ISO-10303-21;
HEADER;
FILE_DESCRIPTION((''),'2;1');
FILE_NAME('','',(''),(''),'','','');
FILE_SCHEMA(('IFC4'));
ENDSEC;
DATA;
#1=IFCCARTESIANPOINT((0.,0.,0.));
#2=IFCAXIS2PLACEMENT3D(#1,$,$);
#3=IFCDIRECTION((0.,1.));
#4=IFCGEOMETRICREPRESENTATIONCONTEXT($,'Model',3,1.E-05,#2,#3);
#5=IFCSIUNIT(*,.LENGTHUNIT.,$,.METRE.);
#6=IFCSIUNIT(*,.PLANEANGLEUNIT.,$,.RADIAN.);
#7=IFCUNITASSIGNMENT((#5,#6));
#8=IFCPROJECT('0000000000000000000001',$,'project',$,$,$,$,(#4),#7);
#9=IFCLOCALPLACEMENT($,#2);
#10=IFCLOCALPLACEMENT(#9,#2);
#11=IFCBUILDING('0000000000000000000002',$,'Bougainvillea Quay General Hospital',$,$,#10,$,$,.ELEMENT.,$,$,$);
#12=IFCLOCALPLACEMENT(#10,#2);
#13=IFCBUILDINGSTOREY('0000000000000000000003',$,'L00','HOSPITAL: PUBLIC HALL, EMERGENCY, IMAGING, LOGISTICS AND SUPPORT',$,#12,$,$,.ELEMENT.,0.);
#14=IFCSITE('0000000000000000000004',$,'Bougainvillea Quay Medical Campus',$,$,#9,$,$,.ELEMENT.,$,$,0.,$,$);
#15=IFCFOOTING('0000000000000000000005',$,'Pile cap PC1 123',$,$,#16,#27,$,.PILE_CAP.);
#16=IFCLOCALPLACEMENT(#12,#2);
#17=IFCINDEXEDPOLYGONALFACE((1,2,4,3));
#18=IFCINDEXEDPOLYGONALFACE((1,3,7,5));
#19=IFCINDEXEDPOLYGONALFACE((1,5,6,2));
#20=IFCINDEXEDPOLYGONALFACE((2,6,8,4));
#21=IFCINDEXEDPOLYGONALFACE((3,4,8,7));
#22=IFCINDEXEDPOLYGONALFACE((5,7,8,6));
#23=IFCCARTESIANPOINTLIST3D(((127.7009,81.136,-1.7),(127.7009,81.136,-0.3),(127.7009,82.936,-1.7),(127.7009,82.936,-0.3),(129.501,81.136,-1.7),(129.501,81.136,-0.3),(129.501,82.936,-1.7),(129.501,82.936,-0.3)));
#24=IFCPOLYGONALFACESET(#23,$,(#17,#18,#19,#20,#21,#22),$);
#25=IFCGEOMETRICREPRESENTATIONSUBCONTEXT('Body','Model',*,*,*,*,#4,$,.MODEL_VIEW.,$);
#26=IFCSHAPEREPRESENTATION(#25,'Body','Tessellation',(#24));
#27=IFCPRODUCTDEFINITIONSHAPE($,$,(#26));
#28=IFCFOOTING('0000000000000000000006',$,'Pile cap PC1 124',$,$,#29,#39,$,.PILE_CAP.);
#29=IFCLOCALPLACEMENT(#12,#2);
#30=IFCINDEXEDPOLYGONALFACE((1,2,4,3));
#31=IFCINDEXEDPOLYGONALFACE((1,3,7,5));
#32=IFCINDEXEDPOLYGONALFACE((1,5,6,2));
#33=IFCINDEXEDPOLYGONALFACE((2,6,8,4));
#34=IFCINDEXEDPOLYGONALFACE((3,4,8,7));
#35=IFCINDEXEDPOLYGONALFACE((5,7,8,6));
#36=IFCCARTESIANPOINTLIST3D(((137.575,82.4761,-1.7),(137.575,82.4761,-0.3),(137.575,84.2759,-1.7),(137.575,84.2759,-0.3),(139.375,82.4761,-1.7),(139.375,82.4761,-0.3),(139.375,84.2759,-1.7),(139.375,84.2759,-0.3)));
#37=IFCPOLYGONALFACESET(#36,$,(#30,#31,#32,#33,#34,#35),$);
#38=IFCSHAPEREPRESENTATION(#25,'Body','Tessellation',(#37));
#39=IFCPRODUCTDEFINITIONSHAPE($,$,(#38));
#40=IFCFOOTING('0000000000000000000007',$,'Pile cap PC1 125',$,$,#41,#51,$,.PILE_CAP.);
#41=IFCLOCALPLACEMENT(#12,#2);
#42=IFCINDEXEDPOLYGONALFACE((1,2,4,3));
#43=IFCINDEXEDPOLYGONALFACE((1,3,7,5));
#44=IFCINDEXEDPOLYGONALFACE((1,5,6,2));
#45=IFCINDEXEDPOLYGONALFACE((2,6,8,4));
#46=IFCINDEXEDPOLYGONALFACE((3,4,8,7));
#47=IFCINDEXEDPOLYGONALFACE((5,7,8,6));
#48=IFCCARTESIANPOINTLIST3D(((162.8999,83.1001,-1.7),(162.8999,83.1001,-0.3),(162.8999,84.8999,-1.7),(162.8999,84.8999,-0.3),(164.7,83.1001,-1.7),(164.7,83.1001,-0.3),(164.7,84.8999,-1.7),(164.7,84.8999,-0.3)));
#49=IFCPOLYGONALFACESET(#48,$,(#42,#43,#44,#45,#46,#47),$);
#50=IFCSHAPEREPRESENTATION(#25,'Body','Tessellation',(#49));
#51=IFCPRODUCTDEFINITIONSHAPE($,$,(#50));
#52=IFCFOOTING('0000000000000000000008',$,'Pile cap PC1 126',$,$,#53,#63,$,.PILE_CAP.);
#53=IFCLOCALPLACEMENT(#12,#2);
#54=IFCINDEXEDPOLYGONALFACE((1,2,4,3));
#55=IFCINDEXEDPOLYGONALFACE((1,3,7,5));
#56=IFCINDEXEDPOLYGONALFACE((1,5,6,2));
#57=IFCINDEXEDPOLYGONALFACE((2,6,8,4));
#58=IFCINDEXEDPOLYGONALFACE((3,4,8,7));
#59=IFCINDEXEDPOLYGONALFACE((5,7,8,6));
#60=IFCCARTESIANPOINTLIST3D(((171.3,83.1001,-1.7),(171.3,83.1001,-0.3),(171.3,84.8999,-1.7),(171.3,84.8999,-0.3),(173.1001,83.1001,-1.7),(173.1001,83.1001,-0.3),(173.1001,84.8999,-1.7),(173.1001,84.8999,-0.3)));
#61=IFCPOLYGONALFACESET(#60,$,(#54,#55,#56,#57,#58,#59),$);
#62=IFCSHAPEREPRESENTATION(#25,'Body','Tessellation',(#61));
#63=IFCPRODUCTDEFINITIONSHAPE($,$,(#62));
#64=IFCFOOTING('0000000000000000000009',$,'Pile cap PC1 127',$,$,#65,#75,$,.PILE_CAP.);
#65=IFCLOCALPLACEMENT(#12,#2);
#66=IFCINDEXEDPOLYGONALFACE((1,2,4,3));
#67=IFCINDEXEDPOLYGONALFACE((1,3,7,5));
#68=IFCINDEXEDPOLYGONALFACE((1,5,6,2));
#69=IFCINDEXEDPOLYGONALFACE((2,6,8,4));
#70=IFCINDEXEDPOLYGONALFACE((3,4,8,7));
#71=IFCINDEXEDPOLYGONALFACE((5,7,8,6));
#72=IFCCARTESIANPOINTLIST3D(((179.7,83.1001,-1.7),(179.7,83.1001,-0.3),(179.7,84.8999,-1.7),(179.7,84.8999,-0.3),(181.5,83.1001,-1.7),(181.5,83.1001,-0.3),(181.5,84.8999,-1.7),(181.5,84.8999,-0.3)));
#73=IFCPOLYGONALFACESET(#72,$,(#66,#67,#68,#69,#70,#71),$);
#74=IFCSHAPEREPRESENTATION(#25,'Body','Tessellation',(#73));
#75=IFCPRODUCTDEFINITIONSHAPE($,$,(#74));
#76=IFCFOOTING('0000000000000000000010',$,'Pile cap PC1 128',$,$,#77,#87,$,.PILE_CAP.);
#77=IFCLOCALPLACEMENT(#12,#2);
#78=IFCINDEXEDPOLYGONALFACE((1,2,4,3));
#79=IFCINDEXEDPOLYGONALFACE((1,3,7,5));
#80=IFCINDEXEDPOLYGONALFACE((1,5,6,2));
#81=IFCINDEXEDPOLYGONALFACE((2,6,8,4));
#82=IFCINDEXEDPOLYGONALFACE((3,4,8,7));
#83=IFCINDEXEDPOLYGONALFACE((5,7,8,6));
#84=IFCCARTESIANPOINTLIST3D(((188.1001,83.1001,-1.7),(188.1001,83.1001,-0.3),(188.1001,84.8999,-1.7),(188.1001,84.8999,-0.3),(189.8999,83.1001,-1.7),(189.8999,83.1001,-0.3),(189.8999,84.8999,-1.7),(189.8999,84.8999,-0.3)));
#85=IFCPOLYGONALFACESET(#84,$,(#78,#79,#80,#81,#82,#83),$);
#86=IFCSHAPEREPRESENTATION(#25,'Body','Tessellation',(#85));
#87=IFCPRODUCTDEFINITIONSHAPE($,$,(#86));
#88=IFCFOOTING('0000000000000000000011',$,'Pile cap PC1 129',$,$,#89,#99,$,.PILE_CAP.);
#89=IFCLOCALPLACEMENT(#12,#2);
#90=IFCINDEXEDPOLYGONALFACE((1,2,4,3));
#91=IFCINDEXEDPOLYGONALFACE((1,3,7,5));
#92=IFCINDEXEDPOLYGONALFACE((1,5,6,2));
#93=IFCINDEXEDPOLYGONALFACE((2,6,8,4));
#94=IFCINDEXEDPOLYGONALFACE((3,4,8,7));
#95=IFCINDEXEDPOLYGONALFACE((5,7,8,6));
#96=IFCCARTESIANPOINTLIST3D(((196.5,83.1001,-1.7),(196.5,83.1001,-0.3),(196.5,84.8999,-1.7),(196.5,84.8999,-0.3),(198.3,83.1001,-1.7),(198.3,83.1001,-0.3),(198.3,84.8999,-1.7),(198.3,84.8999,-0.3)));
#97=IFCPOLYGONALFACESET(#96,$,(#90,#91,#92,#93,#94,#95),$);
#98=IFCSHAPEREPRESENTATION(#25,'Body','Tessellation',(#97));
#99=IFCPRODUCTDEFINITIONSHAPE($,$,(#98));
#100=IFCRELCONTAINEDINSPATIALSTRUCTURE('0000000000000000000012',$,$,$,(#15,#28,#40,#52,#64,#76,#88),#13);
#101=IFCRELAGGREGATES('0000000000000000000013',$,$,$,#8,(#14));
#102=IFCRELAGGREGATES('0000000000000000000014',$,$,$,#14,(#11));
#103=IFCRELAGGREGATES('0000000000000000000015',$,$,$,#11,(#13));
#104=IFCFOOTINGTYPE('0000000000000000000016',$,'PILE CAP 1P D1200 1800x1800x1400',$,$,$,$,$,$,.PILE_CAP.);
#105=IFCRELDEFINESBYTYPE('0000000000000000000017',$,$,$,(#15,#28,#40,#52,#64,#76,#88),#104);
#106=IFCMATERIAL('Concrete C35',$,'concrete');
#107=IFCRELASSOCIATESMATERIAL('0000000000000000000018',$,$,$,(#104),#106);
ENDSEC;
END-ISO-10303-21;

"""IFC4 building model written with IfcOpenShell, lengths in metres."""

from ifc_helpers import new_model, si_unit, direction, frame, origin, place, context, subcontext, project, spatial, polyline, outline, extrude, material, type_object, element, save


model = new_model("IFC4")

# Units and contexts
model_context = context("Model", 3, precision=1e-05, world=origin(), true_north=direction((0.0, 1.0)))
body_context = subcontext(model_context, "Body", "Model", "MODEL_VIEW")
ifc_project = project(units=[si_unit("LENGTHUNIT", "METRE"), si_unit("PLANEANGLEUNIT", "RADIAN")], contexts=[model_context])

# Site, building, storey
site_placement = place(None, origin())
site = spatial("IfcSite", under=ifc_project, at=site_placement, Name="Bougainvillea Quay Medical Campus", CompositionType="ELEMENT", RefElevation=0.0)
building_placement = place(site_placement, origin())
building = spatial("IfcBuilding", under=site, at=building_placement, Name="Bougainvillea Quay General Hospital", CompositionType="ELEMENT")
storey_placement = place(building_placement, origin())
storey = spatial("IfcBuildingStorey", under=building, at=storey_placement, Name="L00", Description="HOSPITAL: PUBLIC HALL, EMERGENCY, IMAGING, LOGISTICS AND SUPPORT", CompositionType="ELEMENT", Elevation=0.0)

# Footings
ifc_material = material(Name="Concrete C35", Category="concrete")
footing_type = type_object("IfcFootingType", Name="PILE CAP 1P D1200 1800x1800x1400", PredefinedType="PILE_CAP", material=ifc_material)
footing_1_placement = place(storey_placement, frame((0.0, 0.0, -1.7)))
element("IfcFooting", 1, at=footing_1_placement, inside=storey, type_object=footing_type, Name="Pile cap PC1 123", PredefinedType="PILE_CAP", context=body_context, shape_type="SweptSolid", body=[
    extrude(outline(polyline([(127.7009, 81.136), (129.501, 81.136), (129.501, 82.936), (127.7009, 82.936), (127.7009, 81.136)])), origin(), (0.0, 0.0, 1.0), 1.3999),
])
footing_2_placement = place(storey_placement, frame((0.0, 0.0, -1.7)))
element("IfcFooting", 2, at=footing_2_placement, inside=storey, type_object=footing_type, Name="Pile cap PC1 124", PredefinedType="PILE_CAP", context=body_context, shape_type="SweptSolid", body=[
    extrude(outline(polyline([(137.575, 82.4761), (139.375, 82.4761), (139.375, 84.2759), (137.575, 84.2759), (137.575, 82.4761)])), origin(), (0.0, 0.0, 1.0), 1.3999),
])
footing_3_placement = place(storey_placement, frame((0.0, 0.0, -1.7)))
element("IfcFooting", 3, at=footing_3_placement, inside=storey, type_object=footing_type, Name="Pile cap PC1 125", PredefinedType="PILE_CAP", context=body_context, shape_type="SweptSolid", body=[
    extrude(outline(polyline([(162.8999, 83.1001), (164.7, 83.1001), (164.7, 84.8999), (162.8999, 84.8999), (162.8999, 83.1001)])), origin(), (0.0, 0.0, 1.0), 1.3999),
])
footing_4_placement = place(storey_placement, frame((0.0, 0.0, -1.7)))
element("IfcFooting", 4, at=footing_4_placement, inside=storey, type_object=footing_type, Name="Pile cap PC1 126", PredefinedType="PILE_CAP", context=body_context, shape_type="SweptSolid", body=[
    extrude(outline(polyline([(171.3, 83.1001), (173.1001, 83.1001), (173.1001, 84.8999), (171.3, 84.8999), (171.3, 83.1001)])), origin(), (0.0, 0.0, 1.0), 1.3999),
])
footing_5_placement = place(storey_placement, frame((0.0, 0.0, -1.7)))
element("IfcFooting", 5, at=footing_5_placement, inside=storey, type_object=footing_type, Name="Pile cap PC1 127", PredefinedType="PILE_CAP", context=body_context, shape_type="SweptSolid", body=[
    extrude(outline(polyline([(179.7, 83.1001), (181.5, 83.1001), (181.5, 84.8999), (179.7, 84.8999), (179.7, 83.1001)])), origin(), (0.0, 0.0, 1.0), 1.3999),
])
footing_6_placement = place(storey_placement, frame((0.0, 0.0, -1.7)))
element("IfcFooting", 6, at=footing_6_placement, inside=storey, type_object=footing_type, Name="Pile cap PC1 128", PredefinedType="PILE_CAP", context=body_context, shape_type="SweptSolid", body=[
    extrude(outline(polyline([(188.1001, 83.1001), (189.8999, 83.1001), (189.8999, 84.8999), (188.1001, 84.8999), (188.1001, 83.1001)])), origin(), (0.0, 0.0, 1.0), 1.3999),
])
footing_7_placement = place(storey_placement, frame((0.0, 0.0, -1.7)))
element("IfcFooting", 7, at=footing_7_placement, inside=storey, type_object=footing_type, Name="Pile cap PC1 129", PredefinedType="PILE_CAP", context=body_context, shape_type="SweptSolid", body=[
    extrude(outline(polyline([(196.5, 83.1001), (198.3, 83.1001), (198.3, 84.8999), (196.5, 84.8999), (196.5, 83.1001)])), origin(), (0.0, 0.0, 1.0), 1.3999),
])

save(model, "model.ifc")
